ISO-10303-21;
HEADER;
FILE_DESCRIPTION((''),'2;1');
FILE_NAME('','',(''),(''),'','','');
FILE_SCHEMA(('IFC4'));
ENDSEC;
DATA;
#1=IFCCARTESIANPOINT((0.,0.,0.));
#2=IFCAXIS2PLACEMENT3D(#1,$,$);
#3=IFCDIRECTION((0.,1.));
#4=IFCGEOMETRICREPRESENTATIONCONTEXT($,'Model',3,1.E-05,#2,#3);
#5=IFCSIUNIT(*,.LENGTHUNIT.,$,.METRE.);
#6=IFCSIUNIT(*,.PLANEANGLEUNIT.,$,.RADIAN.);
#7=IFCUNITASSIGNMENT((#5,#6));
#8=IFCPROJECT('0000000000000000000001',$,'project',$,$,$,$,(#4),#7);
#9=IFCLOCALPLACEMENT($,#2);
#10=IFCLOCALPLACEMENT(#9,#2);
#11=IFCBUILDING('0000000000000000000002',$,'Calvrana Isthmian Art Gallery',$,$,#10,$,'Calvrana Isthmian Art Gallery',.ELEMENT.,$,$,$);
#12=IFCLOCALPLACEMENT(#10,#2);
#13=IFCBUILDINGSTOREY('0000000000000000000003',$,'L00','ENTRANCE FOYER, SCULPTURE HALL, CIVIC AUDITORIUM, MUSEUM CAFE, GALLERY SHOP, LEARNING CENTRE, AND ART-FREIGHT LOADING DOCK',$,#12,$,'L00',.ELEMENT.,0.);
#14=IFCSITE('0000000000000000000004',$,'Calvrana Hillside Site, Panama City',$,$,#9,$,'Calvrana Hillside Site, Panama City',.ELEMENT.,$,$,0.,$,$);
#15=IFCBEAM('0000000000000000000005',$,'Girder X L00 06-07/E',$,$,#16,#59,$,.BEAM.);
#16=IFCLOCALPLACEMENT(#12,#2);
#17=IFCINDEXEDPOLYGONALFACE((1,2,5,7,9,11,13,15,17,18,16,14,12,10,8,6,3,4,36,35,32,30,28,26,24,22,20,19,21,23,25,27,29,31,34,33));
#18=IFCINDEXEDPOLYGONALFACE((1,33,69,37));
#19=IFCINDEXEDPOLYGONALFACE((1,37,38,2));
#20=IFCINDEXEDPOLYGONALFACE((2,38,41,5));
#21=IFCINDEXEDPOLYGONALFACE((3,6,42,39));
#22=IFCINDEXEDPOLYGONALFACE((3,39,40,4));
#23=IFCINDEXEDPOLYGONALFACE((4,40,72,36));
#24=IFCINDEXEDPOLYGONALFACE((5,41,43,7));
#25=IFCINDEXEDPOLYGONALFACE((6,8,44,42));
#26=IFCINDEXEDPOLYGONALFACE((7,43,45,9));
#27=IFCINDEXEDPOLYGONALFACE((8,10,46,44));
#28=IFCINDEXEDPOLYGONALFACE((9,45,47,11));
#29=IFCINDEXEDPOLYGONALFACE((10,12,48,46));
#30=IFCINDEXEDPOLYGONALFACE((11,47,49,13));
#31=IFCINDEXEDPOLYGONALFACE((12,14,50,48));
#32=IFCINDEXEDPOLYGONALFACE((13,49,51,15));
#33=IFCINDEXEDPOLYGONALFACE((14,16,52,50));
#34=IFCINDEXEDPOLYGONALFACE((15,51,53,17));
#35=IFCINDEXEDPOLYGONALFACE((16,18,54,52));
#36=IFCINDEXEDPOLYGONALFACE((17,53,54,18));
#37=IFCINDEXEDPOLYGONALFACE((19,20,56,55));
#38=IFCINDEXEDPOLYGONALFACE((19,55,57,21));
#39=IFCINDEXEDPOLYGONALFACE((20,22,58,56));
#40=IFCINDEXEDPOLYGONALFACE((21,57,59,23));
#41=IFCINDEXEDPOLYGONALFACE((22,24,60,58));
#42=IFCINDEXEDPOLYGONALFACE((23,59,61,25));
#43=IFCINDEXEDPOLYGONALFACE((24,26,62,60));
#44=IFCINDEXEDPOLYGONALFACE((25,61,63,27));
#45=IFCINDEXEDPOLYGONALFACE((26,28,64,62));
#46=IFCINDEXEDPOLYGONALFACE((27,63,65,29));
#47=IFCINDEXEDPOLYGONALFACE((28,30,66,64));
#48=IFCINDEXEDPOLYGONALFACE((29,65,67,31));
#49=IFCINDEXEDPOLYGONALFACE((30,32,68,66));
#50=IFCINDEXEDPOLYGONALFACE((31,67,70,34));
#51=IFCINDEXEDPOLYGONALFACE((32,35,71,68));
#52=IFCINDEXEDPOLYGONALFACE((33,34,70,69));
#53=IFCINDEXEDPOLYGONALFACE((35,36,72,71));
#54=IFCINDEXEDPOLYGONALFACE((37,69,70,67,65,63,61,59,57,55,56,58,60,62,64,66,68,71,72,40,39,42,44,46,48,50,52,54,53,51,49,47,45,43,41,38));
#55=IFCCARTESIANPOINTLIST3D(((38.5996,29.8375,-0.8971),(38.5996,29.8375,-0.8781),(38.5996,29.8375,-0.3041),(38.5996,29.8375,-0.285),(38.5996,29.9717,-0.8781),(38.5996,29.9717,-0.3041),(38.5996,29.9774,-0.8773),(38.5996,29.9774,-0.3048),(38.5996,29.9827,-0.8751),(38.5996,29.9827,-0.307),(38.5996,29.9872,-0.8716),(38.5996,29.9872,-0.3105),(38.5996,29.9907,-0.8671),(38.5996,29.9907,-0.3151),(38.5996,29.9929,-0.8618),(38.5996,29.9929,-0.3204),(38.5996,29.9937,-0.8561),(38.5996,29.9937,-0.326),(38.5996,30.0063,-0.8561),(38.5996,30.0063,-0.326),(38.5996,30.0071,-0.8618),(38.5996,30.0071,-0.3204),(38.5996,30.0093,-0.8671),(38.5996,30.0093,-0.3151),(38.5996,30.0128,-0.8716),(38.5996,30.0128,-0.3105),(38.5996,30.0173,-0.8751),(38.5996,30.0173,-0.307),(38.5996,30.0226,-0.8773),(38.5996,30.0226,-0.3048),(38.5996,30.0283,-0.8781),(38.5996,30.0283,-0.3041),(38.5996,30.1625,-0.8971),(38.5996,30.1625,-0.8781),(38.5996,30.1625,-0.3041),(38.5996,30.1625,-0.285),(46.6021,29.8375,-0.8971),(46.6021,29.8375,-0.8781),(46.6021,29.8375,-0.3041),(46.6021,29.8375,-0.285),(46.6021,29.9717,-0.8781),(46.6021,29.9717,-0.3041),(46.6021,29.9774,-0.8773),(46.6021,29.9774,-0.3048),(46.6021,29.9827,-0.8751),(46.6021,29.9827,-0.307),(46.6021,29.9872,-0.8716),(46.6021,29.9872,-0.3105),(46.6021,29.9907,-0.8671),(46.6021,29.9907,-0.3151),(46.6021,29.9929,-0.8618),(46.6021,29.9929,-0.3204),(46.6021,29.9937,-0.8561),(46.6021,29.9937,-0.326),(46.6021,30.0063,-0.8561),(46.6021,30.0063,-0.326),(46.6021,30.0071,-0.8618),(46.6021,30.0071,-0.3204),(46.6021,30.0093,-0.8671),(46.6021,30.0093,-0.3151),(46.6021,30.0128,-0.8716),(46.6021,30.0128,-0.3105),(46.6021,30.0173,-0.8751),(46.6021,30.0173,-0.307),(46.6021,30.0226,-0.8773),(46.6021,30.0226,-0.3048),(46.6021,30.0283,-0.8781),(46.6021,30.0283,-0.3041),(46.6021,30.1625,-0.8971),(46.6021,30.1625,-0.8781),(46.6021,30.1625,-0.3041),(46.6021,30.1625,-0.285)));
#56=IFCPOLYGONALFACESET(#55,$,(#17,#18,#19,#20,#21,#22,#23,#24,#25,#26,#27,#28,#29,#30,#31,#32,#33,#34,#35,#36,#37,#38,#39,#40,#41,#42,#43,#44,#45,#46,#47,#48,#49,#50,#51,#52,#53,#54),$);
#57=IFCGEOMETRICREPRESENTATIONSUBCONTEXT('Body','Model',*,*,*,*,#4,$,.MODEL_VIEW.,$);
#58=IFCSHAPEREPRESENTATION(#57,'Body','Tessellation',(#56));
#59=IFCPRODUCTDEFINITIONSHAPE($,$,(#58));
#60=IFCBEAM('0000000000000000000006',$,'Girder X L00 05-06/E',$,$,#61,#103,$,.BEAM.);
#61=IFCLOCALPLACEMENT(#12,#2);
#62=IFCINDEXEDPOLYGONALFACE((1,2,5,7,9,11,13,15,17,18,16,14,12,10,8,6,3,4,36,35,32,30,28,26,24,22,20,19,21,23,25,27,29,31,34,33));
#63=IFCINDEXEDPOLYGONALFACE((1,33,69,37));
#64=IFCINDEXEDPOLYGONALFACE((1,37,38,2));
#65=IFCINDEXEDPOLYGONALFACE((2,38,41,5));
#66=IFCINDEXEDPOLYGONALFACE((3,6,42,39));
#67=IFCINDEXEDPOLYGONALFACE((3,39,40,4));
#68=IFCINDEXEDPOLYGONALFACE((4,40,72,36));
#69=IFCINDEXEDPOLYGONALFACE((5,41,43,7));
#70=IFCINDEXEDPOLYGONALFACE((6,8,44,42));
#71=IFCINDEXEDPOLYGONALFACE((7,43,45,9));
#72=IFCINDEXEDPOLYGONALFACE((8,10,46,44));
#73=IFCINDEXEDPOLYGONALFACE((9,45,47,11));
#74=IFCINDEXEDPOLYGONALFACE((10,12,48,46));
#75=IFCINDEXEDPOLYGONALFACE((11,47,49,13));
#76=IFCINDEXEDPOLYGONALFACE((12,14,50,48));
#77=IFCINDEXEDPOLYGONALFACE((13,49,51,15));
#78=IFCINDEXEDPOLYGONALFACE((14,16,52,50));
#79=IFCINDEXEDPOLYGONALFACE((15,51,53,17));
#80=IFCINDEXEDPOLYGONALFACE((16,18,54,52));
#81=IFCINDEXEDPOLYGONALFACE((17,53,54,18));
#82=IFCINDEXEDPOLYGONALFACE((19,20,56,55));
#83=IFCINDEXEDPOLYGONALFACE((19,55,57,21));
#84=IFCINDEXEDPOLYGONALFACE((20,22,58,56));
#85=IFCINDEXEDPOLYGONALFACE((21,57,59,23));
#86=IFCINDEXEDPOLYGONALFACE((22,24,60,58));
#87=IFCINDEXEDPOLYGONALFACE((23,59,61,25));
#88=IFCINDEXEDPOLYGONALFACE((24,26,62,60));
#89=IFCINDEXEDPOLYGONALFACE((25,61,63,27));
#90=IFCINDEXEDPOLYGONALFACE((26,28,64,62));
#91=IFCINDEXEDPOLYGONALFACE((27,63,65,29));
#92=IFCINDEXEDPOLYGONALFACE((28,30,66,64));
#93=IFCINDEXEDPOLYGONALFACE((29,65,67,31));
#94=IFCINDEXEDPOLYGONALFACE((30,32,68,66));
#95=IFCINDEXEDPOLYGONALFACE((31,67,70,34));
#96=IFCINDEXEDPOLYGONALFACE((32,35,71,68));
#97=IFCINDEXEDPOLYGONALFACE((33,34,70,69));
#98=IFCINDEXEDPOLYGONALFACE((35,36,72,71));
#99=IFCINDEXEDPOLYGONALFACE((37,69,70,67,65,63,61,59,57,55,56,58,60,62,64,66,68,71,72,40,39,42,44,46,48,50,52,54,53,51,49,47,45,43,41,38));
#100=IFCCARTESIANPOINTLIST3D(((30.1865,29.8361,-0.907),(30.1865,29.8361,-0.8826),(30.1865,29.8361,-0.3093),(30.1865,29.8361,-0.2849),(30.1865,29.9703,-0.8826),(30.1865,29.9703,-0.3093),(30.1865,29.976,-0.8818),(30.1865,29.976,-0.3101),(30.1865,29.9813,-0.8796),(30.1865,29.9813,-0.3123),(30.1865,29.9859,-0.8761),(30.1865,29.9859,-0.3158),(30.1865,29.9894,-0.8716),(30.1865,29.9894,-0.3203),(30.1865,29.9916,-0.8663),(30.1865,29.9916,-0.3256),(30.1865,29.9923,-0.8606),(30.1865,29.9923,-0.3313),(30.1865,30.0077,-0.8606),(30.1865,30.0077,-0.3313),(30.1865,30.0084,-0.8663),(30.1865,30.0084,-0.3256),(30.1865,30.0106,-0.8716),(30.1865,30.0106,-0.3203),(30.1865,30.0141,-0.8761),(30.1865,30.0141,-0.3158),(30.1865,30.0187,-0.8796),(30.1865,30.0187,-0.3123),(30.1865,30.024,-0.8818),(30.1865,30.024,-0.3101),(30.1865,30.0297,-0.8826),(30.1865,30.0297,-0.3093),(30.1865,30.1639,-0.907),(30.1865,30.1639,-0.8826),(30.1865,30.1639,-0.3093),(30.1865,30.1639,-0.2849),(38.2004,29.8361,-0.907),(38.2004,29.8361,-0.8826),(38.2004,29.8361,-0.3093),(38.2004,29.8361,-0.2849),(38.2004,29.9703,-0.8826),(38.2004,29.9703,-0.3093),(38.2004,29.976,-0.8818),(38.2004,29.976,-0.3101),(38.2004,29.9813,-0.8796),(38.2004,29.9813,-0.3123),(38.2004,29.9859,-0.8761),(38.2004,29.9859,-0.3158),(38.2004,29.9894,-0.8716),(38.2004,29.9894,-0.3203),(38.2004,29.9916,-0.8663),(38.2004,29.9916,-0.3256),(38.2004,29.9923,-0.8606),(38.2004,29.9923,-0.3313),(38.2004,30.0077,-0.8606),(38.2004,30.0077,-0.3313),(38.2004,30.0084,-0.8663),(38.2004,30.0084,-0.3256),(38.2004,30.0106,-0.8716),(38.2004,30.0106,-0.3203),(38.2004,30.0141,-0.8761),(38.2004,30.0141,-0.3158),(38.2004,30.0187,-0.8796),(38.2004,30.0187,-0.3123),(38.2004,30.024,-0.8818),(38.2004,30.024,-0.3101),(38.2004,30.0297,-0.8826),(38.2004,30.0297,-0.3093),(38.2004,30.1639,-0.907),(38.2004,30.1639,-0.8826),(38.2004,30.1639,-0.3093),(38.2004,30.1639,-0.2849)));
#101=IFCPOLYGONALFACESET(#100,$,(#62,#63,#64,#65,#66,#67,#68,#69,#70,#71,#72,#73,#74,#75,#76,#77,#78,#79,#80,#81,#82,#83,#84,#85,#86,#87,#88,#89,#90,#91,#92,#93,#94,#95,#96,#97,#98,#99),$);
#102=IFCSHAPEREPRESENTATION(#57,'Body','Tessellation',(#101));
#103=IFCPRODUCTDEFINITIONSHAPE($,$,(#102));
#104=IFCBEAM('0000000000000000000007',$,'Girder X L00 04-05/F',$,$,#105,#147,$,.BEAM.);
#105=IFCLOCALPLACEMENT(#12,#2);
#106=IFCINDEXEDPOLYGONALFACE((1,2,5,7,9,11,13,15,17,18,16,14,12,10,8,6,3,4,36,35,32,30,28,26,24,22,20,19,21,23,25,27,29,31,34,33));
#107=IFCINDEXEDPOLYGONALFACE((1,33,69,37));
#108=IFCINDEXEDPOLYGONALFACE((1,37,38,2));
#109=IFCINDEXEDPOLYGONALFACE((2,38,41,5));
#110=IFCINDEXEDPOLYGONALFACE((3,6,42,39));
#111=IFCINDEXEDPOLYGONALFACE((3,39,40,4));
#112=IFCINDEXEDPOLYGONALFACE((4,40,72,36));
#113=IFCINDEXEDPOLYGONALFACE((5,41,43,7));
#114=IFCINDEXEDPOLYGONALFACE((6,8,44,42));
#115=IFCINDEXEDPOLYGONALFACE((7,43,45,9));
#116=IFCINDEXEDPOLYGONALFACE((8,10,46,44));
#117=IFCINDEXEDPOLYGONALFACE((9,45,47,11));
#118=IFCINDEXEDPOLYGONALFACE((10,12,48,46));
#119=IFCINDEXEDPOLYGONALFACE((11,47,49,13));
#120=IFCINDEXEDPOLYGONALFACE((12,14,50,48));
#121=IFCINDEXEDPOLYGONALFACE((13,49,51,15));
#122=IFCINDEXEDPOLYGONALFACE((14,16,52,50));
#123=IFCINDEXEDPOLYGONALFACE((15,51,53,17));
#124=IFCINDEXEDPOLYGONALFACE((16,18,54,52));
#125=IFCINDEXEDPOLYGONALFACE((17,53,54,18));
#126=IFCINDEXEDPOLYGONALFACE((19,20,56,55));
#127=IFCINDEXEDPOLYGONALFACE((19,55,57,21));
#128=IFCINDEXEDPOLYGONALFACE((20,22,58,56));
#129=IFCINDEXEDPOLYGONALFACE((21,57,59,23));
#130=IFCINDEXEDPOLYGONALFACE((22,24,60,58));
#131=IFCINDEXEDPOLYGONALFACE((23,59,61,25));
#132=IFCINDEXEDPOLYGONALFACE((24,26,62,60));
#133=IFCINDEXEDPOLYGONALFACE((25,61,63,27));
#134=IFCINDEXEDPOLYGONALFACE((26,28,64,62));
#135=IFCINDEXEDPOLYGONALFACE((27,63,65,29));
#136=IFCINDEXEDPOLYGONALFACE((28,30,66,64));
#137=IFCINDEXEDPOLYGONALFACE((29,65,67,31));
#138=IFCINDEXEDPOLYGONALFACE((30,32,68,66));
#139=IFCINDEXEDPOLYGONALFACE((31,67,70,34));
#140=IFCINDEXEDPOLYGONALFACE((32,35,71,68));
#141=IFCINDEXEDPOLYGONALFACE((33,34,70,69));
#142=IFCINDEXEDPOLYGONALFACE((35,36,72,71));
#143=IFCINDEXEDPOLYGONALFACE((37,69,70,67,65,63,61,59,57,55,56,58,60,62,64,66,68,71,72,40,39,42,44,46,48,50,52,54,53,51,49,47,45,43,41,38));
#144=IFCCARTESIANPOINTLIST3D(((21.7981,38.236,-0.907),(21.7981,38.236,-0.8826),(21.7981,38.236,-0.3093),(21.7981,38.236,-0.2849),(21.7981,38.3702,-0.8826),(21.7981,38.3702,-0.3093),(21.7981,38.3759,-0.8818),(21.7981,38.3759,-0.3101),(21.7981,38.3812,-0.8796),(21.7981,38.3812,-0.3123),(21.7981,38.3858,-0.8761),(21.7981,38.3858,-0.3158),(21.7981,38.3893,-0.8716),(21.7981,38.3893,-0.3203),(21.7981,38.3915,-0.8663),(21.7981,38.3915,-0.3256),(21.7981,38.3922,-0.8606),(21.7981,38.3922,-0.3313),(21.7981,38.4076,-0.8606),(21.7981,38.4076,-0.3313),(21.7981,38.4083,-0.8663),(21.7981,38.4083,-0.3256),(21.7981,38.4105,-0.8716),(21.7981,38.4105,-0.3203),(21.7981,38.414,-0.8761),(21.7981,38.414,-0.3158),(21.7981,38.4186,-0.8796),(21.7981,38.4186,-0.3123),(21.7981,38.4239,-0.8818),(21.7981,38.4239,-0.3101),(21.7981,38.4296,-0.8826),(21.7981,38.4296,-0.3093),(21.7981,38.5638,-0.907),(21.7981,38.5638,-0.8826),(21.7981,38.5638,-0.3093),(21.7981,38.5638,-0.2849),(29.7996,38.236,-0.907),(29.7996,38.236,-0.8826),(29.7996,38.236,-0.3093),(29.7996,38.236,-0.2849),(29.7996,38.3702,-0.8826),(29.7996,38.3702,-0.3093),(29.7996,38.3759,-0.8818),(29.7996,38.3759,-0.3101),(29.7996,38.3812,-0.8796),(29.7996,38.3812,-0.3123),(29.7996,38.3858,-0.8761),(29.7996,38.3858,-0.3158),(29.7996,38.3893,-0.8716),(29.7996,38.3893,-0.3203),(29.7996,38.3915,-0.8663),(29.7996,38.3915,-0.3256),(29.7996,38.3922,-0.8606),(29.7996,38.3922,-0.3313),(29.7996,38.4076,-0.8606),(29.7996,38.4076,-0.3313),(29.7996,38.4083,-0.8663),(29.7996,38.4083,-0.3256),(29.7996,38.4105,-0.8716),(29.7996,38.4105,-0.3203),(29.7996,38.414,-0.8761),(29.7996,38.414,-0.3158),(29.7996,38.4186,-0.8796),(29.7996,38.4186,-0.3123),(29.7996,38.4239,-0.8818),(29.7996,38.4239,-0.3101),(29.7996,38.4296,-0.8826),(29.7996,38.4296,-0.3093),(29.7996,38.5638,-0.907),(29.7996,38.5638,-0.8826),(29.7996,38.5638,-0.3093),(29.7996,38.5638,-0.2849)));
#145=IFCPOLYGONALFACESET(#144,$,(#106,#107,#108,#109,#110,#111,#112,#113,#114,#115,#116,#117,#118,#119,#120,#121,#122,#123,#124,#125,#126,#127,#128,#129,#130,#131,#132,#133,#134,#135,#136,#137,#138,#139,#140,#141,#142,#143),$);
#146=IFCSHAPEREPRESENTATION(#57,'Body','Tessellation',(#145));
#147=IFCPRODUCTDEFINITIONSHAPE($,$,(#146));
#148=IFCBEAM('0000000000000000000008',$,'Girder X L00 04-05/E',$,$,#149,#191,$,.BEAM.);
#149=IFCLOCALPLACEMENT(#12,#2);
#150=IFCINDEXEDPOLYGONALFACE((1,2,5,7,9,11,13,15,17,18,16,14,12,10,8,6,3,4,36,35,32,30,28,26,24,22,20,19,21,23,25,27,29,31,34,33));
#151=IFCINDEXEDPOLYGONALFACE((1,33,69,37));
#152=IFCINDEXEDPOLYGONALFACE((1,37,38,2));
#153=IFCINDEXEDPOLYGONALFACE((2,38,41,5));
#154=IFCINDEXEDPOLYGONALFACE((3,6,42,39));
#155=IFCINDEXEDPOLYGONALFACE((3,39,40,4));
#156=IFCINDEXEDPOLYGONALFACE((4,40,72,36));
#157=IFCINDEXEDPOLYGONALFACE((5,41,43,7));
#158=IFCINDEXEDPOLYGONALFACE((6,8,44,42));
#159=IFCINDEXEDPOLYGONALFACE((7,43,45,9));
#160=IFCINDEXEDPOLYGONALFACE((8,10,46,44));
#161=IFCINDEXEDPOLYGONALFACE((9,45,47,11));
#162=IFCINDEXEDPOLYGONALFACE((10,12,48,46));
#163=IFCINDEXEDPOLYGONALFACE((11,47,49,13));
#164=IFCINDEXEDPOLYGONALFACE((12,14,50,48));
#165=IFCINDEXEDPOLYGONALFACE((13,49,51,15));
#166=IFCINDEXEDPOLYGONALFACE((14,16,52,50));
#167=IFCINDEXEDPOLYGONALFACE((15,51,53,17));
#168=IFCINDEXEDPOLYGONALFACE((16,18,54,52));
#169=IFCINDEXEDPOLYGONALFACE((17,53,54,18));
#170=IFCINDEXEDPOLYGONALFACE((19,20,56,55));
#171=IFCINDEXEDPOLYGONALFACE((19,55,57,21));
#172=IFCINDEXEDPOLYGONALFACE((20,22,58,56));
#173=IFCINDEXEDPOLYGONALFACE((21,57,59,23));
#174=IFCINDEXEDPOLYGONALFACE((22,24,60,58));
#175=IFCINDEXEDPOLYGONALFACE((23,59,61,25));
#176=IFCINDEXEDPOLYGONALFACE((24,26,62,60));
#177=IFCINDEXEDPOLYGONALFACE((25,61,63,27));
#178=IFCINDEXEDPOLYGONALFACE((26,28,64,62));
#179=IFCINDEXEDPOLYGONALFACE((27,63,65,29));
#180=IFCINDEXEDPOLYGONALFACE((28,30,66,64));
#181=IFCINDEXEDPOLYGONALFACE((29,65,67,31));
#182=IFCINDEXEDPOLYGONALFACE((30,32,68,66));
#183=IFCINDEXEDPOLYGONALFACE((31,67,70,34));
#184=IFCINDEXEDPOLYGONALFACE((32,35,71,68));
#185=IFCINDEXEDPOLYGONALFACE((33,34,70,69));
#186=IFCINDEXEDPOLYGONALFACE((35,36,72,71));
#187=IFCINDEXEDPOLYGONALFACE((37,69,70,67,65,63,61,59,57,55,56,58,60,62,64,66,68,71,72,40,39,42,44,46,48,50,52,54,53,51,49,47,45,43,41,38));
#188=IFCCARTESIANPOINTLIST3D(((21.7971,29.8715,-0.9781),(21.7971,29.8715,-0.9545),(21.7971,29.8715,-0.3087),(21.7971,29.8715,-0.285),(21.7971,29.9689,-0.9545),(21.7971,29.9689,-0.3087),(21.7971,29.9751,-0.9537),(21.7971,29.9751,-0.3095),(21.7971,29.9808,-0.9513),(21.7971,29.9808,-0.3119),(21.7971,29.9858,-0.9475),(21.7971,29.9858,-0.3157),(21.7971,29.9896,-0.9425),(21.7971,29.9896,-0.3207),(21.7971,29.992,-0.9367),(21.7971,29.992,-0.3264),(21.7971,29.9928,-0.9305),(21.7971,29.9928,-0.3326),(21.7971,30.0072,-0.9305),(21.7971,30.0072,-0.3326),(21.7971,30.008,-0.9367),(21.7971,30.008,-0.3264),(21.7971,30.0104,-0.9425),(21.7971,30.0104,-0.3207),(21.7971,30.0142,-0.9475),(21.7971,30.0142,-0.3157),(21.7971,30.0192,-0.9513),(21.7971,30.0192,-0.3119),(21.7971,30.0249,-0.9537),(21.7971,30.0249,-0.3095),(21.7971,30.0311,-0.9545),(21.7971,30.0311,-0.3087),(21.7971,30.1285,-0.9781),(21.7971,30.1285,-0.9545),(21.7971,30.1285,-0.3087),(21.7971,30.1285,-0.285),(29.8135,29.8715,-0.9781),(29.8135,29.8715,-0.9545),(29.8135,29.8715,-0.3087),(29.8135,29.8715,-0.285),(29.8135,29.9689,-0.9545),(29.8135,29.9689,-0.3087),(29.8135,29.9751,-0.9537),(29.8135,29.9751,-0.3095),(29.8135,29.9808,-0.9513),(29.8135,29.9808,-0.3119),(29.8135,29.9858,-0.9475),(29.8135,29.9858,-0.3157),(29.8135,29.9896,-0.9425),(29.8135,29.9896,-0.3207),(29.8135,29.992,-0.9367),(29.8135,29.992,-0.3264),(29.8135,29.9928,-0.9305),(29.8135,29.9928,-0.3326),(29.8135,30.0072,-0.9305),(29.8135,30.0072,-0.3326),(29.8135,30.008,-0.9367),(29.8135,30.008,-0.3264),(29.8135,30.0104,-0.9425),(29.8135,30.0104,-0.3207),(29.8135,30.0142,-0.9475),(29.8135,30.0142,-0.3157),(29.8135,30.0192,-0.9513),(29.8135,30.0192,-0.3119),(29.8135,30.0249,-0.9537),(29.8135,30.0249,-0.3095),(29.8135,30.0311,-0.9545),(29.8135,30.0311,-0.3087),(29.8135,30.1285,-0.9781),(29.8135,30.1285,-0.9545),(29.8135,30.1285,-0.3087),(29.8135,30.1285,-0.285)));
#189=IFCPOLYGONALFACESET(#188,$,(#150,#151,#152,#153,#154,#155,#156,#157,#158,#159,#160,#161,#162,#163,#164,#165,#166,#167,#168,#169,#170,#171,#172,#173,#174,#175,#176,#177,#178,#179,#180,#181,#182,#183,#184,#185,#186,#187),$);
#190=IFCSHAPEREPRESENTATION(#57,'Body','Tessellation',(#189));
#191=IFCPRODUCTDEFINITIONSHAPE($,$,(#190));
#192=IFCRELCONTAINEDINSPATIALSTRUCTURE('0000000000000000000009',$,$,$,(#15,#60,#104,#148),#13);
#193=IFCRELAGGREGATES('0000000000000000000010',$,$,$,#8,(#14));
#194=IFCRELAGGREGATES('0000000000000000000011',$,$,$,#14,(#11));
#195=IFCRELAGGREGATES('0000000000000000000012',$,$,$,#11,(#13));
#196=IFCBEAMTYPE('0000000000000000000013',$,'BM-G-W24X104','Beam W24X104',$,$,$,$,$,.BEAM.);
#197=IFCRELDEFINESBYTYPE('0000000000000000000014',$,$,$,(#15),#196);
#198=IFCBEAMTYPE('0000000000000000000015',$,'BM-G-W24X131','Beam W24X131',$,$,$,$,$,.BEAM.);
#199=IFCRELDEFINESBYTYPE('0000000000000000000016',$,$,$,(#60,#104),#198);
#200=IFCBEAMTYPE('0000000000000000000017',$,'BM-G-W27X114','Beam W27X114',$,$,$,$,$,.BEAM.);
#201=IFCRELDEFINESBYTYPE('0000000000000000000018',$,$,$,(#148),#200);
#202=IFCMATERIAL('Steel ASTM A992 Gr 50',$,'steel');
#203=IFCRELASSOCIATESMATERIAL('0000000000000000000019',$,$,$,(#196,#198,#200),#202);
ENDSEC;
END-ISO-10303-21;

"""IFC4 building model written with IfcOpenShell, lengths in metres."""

from ifc_helpers import new_model, si_unit, direction, frame, origin, origin_2d, place, context, subcontext, project, spatial, i_section, extrude, material, material_profile, profile_set, type_object, element, save


model = new_model("IFC4")

# Units and contexts
model_context = context("Model", 3, precision=1e-05, world=origin(), true_north=direction((0.0, 1.0)))
body_context = subcontext(model_context, "Body", "Model", "MODEL_VIEW")
ifc_project = project(units=[si_unit("LENGTHUNIT", "METRE"), si_unit("PLANEANGLEUNIT", "RADIAN")], contexts=[model_context])

# Site, building, storey
site_placement = place(None, origin())
site = spatial("IfcSite", under=ifc_project, at=site_placement, Name="Calvrana Hillside Site, Panama City", LongName="Calvrana Hillside Site, Panama City", CompositionType="ELEMENT", RefElevation=0.0)
building_placement = place(site_placement, origin())
building = spatial("IfcBuilding", under=site, at=building_placement, Name="Calvrana Isthmian Art Gallery", LongName="Calvrana Isthmian Art Gallery", CompositionType="ELEMENT")
storey_placement = place(building_placement, origin())
storey = spatial("IfcBuildingStorey", under=building, at=storey_placement, Name="L00", Description="ENTRANCE FOYER, SCULPTURE HALL, CIVIC AUDITORIUM, MUSEUM CAFE, GALLERY SHOP, LEARNING CENTRE, AND ART-FREIGHT LOADING DOCK", LongName="L00", CompositionType="ELEMENT", Elevation=0.0)

# Shared definitions
ifc_material_1 = material(Name="Steel ASTM A992 Gr 50", Category="steel")

# Beams
ifc_material_profile_1 = material_profile(ifc_material_1, i_section(OverallWidth=0.325, OverallDepth=0.6121, WebThickness=0.0127, FlangeThickness=0.019, FilletRadius=0.022, at=origin_2d()), Name="W24X104")
ifc_profile_set_1 = profile_set([ifc_material_profile_1], Name="Steel ASTM A992 Gr 50")
beam_type_1 = type_object("IfcBeamType", Name="BM-G-W24X104", Description="Beam W24X104", PredefinedType="BEAM", material=ifc_profile_set_1)
beam_1_placement = place(storey_placement, frame((38.5996, 30.0, -0.5911), z_axis=(1.0, 0.0, 0.0), x_axis=(0.0, 1.0, 0.0)))
element("IfcBeam", 1, at=beam_1_placement, inside=storey, type_object=beam_type_1, Name="Girder X L00 06-07/E", PredefinedType="BEAM", context=body_context, shape_type="SweptSolid", body=[
    extrude(i_section(OverallWidth=0.325, OverallDepth=0.6121, WebThickness=0.0127, FlangeThickness=0.019, FilletRadius=0.022, at=origin_2d()), origin(), (0.0, 0.0, 1.0), 8.0024),
])
ifc_material_profile_2 = material_profile(ifc_material_1, i_section(OverallWidth=0.3279, OverallDepth=0.6221, WebThickness=0.0154, FlangeThickness=0.0244, FilletRadius=0.022, at=origin_2d()), Name="W24X131")
ifc_profile_set_2 = profile_set([ifc_material_profile_2], Name="Steel ASTM A992 Gr 50")
beam_type_2 = type_object("IfcBeamType", Name="BM-G-W24X131", Description="Beam W24X131", PredefinedType="BEAM", material=ifc_profile_set_2)
beam_2_placement = place(storey_placement, frame((30.1865, 30.0, -0.5959), z_axis=(1.0, 0.0, 0.0), x_axis=(0.0, 1.0, 0.0)))
element("IfcBeam", 2, at=beam_2_placement, inside=storey, type_object=beam_type_2, Name="Girder X L00 05-06/E", PredefinedType="BEAM", context=body_context, shape_type="SweptSolid", body=[
    extrude(i_section(OverallWidth=0.3279, OverallDepth=0.6221, WebThickness=0.0154, FlangeThickness=0.0244, FilletRadius=0.022, at=origin_2d()), origin(), (0.0, 0.0, 1.0), 8.0139),
])
beam_3_placement = place(storey_placement, frame((21.7981, 38.3999, -0.5959), z_axis=(1.0, 0.0, 0.0), x_axis=(0.0, 1.0, 0.0)))
element("IfcBeam", 3, at=beam_3_placement, inside=storey, type_object=beam_type_2, Name="Girder X L00 04-05/F", PredefinedType="BEAM", context=body_context, shape_type="SweptSolid", body=[
    extrude(i_section(OverallWidth=0.3279, OverallDepth=0.6221, WebThickness=0.0154, FlangeThickness=0.0244, FilletRadius=0.022, at=origin_2d()), origin(), (0.0, 0.0, 1.0), 8.0015),
])
ifc_material_profile_3 = material_profile(ifc_material_1, i_section(OverallWidth=0.2571, OverallDepth=0.6931, WebThickness=0.0144, FlangeThickness=0.0237, FilletRadius=0.0239, at=origin_2d()), Name="W27X114")
ifc_profile_set_3 = profile_set([ifc_material_profile_3], Name="Steel ASTM A992 Gr 50")
beam_type_3 = type_object("IfcBeamType", Name="BM-G-W27X114", Description="Beam W27X114", PredefinedType="BEAM", material=ifc_profile_set_3)
beam_4_placement = place(storey_placement, frame((21.7971, 30.0, -0.6316), z_axis=(1.0, 0.0, 0.0), x_axis=(0.0, 1.0, 0.0)))
element("IfcBeam", 4, at=beam_4_placement, inside=storey, type_object=beam_type_3, Name="Girder X L00 04-05/E", PredefinedType="BEAM", context=body_context, shape_type="SweptSolid", body=[
    extrude(i_section(OverallWidth=0.2571, OverallDepth=0.6931, WebThickness=0.0144, FlangeThickness=0.0237, FilletRadius=0.0239, at=origin_2d()), origin(), (0.0, 0.0, 1.0), 8.0164),
])

save(model, "model.ifc")
